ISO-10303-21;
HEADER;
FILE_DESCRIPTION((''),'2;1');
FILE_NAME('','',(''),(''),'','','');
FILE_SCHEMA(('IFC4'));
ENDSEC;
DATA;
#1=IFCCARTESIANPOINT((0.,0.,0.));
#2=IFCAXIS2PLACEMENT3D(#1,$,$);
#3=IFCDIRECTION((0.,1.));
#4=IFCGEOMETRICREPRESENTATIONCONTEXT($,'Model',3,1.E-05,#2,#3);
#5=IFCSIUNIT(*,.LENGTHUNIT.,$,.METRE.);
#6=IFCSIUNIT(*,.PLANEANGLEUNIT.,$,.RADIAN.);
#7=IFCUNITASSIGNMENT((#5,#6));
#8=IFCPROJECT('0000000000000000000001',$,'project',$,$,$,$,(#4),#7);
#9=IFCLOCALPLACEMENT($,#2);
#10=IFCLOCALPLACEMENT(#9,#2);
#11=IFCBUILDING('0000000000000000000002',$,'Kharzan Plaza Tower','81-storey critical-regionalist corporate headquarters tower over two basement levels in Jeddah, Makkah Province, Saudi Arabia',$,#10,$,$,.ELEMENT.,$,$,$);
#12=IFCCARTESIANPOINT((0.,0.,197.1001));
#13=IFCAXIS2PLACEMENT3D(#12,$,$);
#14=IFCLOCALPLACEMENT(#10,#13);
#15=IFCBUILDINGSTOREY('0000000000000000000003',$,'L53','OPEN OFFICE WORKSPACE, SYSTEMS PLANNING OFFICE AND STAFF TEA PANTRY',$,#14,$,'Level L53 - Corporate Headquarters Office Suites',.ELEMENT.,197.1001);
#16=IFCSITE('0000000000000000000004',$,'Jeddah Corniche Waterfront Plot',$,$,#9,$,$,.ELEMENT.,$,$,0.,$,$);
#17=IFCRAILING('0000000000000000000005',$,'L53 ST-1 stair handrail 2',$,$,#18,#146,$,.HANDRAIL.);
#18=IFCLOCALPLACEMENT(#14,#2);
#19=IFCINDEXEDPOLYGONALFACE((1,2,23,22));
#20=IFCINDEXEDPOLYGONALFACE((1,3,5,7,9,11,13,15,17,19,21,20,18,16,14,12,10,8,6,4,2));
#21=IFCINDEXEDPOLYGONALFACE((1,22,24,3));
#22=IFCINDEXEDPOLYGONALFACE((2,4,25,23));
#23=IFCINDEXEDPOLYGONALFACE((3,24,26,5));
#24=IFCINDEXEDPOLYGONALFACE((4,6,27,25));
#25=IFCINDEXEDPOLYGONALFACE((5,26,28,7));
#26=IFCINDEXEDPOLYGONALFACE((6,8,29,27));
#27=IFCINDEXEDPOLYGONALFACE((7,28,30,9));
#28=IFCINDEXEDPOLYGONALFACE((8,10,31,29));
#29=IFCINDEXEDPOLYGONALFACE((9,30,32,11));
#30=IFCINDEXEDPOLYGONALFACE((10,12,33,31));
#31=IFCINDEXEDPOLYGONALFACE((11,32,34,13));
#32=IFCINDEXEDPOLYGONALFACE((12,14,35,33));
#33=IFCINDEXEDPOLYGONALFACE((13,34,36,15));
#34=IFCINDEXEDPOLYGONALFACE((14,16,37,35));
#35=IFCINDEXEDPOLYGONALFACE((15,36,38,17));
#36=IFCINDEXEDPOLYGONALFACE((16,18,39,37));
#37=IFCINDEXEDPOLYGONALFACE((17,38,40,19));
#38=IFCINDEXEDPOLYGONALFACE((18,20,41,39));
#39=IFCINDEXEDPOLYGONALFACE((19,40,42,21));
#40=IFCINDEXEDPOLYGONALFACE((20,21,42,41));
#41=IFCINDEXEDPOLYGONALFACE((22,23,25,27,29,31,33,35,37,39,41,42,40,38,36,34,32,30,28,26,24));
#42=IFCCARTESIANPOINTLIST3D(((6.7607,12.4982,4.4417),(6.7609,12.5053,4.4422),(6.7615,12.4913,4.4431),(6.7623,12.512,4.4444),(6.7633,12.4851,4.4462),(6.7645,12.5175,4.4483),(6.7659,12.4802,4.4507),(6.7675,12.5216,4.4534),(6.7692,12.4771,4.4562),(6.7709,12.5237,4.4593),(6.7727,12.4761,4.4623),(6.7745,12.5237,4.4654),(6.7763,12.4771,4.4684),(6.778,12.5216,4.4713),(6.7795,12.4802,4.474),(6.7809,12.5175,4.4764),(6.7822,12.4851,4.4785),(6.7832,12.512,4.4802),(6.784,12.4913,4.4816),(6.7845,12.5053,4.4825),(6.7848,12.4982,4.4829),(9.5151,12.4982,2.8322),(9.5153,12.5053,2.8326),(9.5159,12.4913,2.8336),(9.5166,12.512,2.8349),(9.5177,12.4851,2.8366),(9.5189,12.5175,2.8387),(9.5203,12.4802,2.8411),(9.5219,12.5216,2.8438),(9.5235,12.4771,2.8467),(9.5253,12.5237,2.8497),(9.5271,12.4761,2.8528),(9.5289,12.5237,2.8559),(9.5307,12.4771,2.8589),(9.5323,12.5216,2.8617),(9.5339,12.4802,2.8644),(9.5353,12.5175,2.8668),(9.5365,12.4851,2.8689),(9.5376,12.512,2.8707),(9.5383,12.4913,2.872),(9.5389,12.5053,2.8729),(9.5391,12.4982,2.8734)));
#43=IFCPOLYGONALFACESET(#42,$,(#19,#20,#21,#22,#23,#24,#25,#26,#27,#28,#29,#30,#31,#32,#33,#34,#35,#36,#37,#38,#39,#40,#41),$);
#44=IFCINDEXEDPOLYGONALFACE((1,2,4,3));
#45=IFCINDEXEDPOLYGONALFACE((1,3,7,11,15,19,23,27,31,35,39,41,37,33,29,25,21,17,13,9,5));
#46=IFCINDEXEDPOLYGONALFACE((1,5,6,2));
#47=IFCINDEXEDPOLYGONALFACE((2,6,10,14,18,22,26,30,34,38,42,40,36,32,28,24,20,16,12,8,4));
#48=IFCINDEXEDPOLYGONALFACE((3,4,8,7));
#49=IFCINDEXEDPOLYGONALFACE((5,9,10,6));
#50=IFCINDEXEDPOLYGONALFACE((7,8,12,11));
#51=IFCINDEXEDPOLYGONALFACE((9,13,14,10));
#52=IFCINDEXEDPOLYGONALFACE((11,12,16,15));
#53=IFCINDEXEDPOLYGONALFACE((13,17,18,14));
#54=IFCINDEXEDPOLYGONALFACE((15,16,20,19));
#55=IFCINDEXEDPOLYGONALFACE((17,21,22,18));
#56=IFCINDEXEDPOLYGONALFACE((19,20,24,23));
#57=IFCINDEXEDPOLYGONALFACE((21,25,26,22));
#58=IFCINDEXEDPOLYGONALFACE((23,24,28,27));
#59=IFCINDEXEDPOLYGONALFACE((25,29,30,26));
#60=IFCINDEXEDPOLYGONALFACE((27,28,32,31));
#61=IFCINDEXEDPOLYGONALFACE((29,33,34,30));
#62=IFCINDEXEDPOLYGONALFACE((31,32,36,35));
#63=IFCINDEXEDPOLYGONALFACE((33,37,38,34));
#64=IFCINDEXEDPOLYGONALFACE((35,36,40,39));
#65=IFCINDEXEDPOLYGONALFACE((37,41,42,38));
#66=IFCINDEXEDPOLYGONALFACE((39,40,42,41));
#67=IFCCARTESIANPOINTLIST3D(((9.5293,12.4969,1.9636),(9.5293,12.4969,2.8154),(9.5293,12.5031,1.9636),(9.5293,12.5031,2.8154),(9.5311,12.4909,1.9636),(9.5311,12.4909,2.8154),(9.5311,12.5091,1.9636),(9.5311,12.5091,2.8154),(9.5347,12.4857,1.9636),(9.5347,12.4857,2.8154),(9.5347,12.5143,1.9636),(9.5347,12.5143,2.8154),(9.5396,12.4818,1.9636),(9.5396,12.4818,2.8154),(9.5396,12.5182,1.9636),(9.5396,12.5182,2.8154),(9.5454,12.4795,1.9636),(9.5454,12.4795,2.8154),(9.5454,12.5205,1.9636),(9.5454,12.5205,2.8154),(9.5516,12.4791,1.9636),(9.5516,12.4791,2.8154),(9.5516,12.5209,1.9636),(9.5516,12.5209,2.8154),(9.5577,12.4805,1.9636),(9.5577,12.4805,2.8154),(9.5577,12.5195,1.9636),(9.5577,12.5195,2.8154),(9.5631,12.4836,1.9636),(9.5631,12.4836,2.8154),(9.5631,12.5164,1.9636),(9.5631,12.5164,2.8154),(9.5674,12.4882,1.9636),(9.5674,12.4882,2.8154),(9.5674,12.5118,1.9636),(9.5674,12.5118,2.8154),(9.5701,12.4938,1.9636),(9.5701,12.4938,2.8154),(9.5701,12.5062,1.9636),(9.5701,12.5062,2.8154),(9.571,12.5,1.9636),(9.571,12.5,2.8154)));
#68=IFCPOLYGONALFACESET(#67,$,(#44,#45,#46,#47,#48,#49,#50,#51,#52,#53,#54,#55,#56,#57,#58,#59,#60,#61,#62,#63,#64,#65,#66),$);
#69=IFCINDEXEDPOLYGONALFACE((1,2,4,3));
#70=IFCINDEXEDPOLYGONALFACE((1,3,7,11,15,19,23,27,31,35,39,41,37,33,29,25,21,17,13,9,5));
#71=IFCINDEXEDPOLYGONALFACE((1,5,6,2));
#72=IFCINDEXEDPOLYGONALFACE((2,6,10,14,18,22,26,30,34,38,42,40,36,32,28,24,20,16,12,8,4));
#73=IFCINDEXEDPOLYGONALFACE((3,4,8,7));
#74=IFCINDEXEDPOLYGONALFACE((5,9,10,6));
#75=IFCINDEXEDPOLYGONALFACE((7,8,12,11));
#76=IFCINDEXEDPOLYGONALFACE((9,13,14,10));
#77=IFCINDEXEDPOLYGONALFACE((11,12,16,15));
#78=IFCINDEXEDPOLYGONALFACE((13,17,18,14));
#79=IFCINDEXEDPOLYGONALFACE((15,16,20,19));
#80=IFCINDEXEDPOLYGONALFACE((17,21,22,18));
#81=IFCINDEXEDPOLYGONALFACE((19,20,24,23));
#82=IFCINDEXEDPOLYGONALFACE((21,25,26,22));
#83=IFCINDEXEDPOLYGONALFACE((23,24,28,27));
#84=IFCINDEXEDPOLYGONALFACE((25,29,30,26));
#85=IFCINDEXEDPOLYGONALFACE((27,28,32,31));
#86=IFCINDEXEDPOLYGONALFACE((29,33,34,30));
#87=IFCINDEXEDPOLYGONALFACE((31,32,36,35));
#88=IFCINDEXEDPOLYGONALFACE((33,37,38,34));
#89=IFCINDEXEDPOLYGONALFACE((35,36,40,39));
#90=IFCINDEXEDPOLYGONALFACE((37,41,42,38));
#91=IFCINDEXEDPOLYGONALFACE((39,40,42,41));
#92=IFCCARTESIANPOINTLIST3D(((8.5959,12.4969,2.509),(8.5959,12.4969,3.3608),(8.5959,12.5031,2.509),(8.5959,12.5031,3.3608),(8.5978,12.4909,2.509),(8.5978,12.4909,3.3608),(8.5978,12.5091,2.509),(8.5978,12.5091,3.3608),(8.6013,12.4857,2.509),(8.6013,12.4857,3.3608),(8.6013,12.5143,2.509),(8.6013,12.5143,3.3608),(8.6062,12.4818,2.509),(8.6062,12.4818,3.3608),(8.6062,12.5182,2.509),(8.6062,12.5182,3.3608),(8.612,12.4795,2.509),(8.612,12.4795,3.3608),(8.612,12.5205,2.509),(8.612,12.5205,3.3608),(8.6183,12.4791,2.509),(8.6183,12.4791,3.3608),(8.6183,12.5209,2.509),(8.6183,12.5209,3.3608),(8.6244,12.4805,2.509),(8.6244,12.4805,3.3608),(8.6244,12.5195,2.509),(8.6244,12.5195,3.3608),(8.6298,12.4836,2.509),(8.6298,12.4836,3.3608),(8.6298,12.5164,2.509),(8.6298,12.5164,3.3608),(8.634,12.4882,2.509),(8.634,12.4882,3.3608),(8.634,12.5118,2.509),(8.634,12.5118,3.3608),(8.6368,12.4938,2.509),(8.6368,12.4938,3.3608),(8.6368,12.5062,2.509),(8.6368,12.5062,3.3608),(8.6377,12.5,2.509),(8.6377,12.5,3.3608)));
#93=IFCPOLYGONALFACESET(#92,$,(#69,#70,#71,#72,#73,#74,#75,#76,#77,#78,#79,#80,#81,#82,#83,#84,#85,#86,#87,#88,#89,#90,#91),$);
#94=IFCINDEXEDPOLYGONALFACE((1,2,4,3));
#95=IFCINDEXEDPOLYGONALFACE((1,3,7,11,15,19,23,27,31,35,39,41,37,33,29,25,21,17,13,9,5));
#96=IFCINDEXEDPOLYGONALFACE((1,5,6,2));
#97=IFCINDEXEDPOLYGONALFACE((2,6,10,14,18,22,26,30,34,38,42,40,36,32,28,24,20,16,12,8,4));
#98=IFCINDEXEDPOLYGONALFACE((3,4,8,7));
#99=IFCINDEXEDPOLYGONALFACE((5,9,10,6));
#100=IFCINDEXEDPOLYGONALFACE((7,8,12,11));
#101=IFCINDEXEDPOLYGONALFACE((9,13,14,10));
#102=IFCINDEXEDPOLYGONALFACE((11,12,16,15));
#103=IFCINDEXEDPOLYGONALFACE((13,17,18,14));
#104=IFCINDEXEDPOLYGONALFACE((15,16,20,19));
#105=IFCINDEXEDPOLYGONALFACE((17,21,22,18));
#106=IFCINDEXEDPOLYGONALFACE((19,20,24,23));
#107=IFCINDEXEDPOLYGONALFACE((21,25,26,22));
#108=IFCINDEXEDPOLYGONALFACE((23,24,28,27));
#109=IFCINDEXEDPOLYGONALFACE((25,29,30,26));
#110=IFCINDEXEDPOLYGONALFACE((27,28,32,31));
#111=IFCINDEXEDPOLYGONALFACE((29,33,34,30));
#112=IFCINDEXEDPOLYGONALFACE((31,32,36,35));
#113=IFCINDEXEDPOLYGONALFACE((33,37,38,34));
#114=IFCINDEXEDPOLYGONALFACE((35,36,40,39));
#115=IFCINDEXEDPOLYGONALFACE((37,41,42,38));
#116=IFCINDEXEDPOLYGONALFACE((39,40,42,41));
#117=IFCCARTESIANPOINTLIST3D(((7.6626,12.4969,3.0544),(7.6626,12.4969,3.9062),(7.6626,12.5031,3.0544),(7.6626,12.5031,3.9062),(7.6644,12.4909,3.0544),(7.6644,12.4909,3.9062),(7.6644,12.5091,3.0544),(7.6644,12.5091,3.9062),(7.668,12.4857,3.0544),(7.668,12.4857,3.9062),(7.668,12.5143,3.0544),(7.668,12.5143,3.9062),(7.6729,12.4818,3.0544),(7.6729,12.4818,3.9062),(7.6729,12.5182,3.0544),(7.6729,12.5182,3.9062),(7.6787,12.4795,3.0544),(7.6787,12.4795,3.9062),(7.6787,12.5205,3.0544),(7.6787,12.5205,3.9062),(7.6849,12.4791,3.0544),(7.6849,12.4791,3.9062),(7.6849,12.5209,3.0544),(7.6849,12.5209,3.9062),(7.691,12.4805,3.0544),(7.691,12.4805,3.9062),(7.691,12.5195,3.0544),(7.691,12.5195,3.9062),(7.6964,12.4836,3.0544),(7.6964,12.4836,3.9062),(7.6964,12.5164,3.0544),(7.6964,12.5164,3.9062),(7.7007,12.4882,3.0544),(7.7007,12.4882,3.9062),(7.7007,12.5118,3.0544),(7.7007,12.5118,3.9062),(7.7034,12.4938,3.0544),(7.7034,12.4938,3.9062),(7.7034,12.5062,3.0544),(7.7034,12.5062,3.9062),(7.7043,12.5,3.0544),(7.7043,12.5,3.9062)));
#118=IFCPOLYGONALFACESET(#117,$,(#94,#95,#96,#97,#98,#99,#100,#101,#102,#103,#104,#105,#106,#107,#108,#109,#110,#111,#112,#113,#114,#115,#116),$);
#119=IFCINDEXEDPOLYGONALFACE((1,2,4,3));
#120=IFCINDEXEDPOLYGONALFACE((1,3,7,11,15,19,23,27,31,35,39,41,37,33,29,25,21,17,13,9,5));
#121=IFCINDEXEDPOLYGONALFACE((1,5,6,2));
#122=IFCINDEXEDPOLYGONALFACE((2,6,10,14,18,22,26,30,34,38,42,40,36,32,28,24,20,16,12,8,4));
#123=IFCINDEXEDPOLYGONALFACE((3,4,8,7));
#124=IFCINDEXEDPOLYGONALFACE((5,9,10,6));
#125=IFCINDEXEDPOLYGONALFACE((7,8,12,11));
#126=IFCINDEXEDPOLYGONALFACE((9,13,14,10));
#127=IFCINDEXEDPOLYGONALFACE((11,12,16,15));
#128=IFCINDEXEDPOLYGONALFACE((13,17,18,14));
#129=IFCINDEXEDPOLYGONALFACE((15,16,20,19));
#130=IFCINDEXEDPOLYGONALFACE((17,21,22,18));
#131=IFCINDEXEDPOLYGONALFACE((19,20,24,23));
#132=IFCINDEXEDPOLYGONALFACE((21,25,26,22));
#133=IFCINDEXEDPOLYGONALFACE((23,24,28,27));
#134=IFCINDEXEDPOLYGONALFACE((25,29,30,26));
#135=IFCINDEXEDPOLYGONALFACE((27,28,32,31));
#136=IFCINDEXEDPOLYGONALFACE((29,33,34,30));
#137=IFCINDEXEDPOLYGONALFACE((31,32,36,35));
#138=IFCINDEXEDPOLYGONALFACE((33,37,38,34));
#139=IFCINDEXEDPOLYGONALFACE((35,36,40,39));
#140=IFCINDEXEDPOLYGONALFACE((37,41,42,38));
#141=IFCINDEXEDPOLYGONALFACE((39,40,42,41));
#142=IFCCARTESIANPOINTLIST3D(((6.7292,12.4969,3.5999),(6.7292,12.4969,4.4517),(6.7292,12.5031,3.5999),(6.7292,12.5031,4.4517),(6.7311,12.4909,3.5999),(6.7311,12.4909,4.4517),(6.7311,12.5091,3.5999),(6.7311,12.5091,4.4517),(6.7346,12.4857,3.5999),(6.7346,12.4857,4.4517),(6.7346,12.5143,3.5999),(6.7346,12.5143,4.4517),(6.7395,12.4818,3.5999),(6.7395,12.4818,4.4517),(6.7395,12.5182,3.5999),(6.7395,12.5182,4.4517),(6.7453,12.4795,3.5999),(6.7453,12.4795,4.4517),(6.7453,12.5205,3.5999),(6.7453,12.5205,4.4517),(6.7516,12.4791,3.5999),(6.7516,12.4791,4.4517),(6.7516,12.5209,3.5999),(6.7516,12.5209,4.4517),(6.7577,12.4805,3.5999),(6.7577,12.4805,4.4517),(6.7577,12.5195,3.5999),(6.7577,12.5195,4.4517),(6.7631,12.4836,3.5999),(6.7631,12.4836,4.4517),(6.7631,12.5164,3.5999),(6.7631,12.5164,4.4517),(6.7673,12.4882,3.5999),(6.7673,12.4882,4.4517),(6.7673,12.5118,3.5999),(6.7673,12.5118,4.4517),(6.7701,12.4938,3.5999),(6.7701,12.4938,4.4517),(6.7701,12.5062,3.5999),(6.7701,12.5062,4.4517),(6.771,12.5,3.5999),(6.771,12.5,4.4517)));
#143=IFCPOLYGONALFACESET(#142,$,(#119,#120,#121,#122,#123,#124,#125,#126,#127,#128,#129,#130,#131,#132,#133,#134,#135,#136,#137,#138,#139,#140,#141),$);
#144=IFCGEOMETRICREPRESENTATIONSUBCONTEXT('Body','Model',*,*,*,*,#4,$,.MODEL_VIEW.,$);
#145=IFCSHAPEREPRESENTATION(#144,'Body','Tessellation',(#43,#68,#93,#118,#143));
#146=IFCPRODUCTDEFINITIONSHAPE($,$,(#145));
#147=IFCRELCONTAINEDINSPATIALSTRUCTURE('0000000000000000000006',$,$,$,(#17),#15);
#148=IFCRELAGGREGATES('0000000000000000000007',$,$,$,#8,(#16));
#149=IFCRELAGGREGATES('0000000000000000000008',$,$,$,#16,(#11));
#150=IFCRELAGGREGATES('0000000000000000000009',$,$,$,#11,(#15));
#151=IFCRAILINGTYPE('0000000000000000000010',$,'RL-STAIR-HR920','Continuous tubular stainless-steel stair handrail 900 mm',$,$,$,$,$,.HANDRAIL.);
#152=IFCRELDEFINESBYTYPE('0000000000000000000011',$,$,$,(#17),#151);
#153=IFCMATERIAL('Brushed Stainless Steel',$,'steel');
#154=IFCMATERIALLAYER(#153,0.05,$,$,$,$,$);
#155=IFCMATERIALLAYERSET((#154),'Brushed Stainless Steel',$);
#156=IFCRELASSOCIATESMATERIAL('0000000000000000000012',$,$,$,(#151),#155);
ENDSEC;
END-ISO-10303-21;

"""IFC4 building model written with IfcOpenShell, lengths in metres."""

from ifc_helpers import new_model, si_unit, direction, frame, origin, origin_2d, place, context, subcontext, project, spatial, circle, extrude, source, transform, mapped, material, layer, layer_set, type_object, element, save


model = new_model("IFC4")

# Units and contexts
model_context = context("Model", 3, precision=1e-05, world=origin(), true_north=direction((0.0, 1.0)))
body_context = subcontext(model_context, "Body", "Model", "MODEL_VIEW")
ifc_project = project(units=[si_unit("LENGTHUNIT", "METRE"), si_unit("PLANEANGLEUNIT", "RADIAN")], contexts=[model_context])

# Site, building, storey
site_placement = place(None, origin())
site = spatial("IfcSite", under=ifc_project, at=site_placement, Name="Jeddah Corniche Waterfront Plot", CompositionType="ELEMENT", RefElevation=0.0)
building_placement = place(site_placement, origin())
building = spatial("IfcBuilding", under=site, at=building_placement, Name="Kharzan Plaza Tower", Description="81-storey critical-regionalist corporate headquarters tower over two basement levels in Jeddah, Makkah Province, Saudi Arabia", CompositionType="ELEMENT")
storey_placement = place(building_placement, frame((0.0, 0.0, 197.1001)))
storey = spatial("IfcBuildingStorey", under=building, at=storey_placement, Name="L53", Description="OPEN OFFICE WORKSPACE, SYSTEMS PLANNING OFFICE AND STAFF TEA PANTRY", LongName="Level L53 - Corporate Headquarters Office Suites", CompositionType="ELEMENT", Elevation=197.1001)

# Shared definitions
ifc_material_1 = material(Name="Brushed Stainless Steel", Category="steel")

# Railing
ifc_layer_1 = layer(ifc_material_1, 0.05)
ifc_layer_set_1 = layer_set([ifc_layer_1], Name="Brushed Stainless Steel")
railing_type_1 = type_object("IfcRailingType", Name="RL-STAIR-HR920", Description="Continuous tubular stainless-steel stair handrail 900 mm", PredefinedType="HANDRAIL", material=ifc_layer_set_1)
shared_shape_1 = source(origin(), body_context, "Body", "SweptSolid", [
    extrude(circle(Radius=0.0239, at=origin_2d()), frame((-0.0229, 0.0, 0.8892), z_axis=(-0.863394, 0.0, 0.504531), x_axis=(0.0, -1.0, 0.0)), (0.0, 0.0, 1.0), 3.1902),
    extrude(circle(Radius=0.021, at=origin_2d()), origin(), (0.0, 0.0, 1.0), 0.8518),
    extrude(circle(Radius=0.021, at=origin_2d()), frame((-0.9333, 0.0, 0.5454)), (0.0, 0.0, 1.0), 0.8518),
    extrude(circle(Radius=0.021, at=origin_2d()), frame((-1.8667, 0.0, 1.0908)), (0.0, 0.0, 1.0), 0.8518),
    extrude(circle(Radius=0.021, at=origin_2d()), frame((-2.8, 0.0, 1.6362)), (0.0, 0.0, 1.0), 0.8518),
])
railing_1_placement = place(storey_placement, frame((9.55, 12.5, 1.9636)))
element("IfcRailing", 1, at=railing_1_placement, inside=storey, type_object=railing_type_1, Name="L53 ST-1 stair handrail 2", PredefinedType="HANDRAIL", context=body_context, shape_type="MappedRepresentation", body=[
    mapped(shared_shape_1, transform((0.0, 0.0, 0.0), x_axis=(1.0, 0.0, 0.0), y_axis=(0.0, 1.0, 0.0), z_axis=(0.0, 0.0, 1.0))),
])

save(model, "model.ifc")
